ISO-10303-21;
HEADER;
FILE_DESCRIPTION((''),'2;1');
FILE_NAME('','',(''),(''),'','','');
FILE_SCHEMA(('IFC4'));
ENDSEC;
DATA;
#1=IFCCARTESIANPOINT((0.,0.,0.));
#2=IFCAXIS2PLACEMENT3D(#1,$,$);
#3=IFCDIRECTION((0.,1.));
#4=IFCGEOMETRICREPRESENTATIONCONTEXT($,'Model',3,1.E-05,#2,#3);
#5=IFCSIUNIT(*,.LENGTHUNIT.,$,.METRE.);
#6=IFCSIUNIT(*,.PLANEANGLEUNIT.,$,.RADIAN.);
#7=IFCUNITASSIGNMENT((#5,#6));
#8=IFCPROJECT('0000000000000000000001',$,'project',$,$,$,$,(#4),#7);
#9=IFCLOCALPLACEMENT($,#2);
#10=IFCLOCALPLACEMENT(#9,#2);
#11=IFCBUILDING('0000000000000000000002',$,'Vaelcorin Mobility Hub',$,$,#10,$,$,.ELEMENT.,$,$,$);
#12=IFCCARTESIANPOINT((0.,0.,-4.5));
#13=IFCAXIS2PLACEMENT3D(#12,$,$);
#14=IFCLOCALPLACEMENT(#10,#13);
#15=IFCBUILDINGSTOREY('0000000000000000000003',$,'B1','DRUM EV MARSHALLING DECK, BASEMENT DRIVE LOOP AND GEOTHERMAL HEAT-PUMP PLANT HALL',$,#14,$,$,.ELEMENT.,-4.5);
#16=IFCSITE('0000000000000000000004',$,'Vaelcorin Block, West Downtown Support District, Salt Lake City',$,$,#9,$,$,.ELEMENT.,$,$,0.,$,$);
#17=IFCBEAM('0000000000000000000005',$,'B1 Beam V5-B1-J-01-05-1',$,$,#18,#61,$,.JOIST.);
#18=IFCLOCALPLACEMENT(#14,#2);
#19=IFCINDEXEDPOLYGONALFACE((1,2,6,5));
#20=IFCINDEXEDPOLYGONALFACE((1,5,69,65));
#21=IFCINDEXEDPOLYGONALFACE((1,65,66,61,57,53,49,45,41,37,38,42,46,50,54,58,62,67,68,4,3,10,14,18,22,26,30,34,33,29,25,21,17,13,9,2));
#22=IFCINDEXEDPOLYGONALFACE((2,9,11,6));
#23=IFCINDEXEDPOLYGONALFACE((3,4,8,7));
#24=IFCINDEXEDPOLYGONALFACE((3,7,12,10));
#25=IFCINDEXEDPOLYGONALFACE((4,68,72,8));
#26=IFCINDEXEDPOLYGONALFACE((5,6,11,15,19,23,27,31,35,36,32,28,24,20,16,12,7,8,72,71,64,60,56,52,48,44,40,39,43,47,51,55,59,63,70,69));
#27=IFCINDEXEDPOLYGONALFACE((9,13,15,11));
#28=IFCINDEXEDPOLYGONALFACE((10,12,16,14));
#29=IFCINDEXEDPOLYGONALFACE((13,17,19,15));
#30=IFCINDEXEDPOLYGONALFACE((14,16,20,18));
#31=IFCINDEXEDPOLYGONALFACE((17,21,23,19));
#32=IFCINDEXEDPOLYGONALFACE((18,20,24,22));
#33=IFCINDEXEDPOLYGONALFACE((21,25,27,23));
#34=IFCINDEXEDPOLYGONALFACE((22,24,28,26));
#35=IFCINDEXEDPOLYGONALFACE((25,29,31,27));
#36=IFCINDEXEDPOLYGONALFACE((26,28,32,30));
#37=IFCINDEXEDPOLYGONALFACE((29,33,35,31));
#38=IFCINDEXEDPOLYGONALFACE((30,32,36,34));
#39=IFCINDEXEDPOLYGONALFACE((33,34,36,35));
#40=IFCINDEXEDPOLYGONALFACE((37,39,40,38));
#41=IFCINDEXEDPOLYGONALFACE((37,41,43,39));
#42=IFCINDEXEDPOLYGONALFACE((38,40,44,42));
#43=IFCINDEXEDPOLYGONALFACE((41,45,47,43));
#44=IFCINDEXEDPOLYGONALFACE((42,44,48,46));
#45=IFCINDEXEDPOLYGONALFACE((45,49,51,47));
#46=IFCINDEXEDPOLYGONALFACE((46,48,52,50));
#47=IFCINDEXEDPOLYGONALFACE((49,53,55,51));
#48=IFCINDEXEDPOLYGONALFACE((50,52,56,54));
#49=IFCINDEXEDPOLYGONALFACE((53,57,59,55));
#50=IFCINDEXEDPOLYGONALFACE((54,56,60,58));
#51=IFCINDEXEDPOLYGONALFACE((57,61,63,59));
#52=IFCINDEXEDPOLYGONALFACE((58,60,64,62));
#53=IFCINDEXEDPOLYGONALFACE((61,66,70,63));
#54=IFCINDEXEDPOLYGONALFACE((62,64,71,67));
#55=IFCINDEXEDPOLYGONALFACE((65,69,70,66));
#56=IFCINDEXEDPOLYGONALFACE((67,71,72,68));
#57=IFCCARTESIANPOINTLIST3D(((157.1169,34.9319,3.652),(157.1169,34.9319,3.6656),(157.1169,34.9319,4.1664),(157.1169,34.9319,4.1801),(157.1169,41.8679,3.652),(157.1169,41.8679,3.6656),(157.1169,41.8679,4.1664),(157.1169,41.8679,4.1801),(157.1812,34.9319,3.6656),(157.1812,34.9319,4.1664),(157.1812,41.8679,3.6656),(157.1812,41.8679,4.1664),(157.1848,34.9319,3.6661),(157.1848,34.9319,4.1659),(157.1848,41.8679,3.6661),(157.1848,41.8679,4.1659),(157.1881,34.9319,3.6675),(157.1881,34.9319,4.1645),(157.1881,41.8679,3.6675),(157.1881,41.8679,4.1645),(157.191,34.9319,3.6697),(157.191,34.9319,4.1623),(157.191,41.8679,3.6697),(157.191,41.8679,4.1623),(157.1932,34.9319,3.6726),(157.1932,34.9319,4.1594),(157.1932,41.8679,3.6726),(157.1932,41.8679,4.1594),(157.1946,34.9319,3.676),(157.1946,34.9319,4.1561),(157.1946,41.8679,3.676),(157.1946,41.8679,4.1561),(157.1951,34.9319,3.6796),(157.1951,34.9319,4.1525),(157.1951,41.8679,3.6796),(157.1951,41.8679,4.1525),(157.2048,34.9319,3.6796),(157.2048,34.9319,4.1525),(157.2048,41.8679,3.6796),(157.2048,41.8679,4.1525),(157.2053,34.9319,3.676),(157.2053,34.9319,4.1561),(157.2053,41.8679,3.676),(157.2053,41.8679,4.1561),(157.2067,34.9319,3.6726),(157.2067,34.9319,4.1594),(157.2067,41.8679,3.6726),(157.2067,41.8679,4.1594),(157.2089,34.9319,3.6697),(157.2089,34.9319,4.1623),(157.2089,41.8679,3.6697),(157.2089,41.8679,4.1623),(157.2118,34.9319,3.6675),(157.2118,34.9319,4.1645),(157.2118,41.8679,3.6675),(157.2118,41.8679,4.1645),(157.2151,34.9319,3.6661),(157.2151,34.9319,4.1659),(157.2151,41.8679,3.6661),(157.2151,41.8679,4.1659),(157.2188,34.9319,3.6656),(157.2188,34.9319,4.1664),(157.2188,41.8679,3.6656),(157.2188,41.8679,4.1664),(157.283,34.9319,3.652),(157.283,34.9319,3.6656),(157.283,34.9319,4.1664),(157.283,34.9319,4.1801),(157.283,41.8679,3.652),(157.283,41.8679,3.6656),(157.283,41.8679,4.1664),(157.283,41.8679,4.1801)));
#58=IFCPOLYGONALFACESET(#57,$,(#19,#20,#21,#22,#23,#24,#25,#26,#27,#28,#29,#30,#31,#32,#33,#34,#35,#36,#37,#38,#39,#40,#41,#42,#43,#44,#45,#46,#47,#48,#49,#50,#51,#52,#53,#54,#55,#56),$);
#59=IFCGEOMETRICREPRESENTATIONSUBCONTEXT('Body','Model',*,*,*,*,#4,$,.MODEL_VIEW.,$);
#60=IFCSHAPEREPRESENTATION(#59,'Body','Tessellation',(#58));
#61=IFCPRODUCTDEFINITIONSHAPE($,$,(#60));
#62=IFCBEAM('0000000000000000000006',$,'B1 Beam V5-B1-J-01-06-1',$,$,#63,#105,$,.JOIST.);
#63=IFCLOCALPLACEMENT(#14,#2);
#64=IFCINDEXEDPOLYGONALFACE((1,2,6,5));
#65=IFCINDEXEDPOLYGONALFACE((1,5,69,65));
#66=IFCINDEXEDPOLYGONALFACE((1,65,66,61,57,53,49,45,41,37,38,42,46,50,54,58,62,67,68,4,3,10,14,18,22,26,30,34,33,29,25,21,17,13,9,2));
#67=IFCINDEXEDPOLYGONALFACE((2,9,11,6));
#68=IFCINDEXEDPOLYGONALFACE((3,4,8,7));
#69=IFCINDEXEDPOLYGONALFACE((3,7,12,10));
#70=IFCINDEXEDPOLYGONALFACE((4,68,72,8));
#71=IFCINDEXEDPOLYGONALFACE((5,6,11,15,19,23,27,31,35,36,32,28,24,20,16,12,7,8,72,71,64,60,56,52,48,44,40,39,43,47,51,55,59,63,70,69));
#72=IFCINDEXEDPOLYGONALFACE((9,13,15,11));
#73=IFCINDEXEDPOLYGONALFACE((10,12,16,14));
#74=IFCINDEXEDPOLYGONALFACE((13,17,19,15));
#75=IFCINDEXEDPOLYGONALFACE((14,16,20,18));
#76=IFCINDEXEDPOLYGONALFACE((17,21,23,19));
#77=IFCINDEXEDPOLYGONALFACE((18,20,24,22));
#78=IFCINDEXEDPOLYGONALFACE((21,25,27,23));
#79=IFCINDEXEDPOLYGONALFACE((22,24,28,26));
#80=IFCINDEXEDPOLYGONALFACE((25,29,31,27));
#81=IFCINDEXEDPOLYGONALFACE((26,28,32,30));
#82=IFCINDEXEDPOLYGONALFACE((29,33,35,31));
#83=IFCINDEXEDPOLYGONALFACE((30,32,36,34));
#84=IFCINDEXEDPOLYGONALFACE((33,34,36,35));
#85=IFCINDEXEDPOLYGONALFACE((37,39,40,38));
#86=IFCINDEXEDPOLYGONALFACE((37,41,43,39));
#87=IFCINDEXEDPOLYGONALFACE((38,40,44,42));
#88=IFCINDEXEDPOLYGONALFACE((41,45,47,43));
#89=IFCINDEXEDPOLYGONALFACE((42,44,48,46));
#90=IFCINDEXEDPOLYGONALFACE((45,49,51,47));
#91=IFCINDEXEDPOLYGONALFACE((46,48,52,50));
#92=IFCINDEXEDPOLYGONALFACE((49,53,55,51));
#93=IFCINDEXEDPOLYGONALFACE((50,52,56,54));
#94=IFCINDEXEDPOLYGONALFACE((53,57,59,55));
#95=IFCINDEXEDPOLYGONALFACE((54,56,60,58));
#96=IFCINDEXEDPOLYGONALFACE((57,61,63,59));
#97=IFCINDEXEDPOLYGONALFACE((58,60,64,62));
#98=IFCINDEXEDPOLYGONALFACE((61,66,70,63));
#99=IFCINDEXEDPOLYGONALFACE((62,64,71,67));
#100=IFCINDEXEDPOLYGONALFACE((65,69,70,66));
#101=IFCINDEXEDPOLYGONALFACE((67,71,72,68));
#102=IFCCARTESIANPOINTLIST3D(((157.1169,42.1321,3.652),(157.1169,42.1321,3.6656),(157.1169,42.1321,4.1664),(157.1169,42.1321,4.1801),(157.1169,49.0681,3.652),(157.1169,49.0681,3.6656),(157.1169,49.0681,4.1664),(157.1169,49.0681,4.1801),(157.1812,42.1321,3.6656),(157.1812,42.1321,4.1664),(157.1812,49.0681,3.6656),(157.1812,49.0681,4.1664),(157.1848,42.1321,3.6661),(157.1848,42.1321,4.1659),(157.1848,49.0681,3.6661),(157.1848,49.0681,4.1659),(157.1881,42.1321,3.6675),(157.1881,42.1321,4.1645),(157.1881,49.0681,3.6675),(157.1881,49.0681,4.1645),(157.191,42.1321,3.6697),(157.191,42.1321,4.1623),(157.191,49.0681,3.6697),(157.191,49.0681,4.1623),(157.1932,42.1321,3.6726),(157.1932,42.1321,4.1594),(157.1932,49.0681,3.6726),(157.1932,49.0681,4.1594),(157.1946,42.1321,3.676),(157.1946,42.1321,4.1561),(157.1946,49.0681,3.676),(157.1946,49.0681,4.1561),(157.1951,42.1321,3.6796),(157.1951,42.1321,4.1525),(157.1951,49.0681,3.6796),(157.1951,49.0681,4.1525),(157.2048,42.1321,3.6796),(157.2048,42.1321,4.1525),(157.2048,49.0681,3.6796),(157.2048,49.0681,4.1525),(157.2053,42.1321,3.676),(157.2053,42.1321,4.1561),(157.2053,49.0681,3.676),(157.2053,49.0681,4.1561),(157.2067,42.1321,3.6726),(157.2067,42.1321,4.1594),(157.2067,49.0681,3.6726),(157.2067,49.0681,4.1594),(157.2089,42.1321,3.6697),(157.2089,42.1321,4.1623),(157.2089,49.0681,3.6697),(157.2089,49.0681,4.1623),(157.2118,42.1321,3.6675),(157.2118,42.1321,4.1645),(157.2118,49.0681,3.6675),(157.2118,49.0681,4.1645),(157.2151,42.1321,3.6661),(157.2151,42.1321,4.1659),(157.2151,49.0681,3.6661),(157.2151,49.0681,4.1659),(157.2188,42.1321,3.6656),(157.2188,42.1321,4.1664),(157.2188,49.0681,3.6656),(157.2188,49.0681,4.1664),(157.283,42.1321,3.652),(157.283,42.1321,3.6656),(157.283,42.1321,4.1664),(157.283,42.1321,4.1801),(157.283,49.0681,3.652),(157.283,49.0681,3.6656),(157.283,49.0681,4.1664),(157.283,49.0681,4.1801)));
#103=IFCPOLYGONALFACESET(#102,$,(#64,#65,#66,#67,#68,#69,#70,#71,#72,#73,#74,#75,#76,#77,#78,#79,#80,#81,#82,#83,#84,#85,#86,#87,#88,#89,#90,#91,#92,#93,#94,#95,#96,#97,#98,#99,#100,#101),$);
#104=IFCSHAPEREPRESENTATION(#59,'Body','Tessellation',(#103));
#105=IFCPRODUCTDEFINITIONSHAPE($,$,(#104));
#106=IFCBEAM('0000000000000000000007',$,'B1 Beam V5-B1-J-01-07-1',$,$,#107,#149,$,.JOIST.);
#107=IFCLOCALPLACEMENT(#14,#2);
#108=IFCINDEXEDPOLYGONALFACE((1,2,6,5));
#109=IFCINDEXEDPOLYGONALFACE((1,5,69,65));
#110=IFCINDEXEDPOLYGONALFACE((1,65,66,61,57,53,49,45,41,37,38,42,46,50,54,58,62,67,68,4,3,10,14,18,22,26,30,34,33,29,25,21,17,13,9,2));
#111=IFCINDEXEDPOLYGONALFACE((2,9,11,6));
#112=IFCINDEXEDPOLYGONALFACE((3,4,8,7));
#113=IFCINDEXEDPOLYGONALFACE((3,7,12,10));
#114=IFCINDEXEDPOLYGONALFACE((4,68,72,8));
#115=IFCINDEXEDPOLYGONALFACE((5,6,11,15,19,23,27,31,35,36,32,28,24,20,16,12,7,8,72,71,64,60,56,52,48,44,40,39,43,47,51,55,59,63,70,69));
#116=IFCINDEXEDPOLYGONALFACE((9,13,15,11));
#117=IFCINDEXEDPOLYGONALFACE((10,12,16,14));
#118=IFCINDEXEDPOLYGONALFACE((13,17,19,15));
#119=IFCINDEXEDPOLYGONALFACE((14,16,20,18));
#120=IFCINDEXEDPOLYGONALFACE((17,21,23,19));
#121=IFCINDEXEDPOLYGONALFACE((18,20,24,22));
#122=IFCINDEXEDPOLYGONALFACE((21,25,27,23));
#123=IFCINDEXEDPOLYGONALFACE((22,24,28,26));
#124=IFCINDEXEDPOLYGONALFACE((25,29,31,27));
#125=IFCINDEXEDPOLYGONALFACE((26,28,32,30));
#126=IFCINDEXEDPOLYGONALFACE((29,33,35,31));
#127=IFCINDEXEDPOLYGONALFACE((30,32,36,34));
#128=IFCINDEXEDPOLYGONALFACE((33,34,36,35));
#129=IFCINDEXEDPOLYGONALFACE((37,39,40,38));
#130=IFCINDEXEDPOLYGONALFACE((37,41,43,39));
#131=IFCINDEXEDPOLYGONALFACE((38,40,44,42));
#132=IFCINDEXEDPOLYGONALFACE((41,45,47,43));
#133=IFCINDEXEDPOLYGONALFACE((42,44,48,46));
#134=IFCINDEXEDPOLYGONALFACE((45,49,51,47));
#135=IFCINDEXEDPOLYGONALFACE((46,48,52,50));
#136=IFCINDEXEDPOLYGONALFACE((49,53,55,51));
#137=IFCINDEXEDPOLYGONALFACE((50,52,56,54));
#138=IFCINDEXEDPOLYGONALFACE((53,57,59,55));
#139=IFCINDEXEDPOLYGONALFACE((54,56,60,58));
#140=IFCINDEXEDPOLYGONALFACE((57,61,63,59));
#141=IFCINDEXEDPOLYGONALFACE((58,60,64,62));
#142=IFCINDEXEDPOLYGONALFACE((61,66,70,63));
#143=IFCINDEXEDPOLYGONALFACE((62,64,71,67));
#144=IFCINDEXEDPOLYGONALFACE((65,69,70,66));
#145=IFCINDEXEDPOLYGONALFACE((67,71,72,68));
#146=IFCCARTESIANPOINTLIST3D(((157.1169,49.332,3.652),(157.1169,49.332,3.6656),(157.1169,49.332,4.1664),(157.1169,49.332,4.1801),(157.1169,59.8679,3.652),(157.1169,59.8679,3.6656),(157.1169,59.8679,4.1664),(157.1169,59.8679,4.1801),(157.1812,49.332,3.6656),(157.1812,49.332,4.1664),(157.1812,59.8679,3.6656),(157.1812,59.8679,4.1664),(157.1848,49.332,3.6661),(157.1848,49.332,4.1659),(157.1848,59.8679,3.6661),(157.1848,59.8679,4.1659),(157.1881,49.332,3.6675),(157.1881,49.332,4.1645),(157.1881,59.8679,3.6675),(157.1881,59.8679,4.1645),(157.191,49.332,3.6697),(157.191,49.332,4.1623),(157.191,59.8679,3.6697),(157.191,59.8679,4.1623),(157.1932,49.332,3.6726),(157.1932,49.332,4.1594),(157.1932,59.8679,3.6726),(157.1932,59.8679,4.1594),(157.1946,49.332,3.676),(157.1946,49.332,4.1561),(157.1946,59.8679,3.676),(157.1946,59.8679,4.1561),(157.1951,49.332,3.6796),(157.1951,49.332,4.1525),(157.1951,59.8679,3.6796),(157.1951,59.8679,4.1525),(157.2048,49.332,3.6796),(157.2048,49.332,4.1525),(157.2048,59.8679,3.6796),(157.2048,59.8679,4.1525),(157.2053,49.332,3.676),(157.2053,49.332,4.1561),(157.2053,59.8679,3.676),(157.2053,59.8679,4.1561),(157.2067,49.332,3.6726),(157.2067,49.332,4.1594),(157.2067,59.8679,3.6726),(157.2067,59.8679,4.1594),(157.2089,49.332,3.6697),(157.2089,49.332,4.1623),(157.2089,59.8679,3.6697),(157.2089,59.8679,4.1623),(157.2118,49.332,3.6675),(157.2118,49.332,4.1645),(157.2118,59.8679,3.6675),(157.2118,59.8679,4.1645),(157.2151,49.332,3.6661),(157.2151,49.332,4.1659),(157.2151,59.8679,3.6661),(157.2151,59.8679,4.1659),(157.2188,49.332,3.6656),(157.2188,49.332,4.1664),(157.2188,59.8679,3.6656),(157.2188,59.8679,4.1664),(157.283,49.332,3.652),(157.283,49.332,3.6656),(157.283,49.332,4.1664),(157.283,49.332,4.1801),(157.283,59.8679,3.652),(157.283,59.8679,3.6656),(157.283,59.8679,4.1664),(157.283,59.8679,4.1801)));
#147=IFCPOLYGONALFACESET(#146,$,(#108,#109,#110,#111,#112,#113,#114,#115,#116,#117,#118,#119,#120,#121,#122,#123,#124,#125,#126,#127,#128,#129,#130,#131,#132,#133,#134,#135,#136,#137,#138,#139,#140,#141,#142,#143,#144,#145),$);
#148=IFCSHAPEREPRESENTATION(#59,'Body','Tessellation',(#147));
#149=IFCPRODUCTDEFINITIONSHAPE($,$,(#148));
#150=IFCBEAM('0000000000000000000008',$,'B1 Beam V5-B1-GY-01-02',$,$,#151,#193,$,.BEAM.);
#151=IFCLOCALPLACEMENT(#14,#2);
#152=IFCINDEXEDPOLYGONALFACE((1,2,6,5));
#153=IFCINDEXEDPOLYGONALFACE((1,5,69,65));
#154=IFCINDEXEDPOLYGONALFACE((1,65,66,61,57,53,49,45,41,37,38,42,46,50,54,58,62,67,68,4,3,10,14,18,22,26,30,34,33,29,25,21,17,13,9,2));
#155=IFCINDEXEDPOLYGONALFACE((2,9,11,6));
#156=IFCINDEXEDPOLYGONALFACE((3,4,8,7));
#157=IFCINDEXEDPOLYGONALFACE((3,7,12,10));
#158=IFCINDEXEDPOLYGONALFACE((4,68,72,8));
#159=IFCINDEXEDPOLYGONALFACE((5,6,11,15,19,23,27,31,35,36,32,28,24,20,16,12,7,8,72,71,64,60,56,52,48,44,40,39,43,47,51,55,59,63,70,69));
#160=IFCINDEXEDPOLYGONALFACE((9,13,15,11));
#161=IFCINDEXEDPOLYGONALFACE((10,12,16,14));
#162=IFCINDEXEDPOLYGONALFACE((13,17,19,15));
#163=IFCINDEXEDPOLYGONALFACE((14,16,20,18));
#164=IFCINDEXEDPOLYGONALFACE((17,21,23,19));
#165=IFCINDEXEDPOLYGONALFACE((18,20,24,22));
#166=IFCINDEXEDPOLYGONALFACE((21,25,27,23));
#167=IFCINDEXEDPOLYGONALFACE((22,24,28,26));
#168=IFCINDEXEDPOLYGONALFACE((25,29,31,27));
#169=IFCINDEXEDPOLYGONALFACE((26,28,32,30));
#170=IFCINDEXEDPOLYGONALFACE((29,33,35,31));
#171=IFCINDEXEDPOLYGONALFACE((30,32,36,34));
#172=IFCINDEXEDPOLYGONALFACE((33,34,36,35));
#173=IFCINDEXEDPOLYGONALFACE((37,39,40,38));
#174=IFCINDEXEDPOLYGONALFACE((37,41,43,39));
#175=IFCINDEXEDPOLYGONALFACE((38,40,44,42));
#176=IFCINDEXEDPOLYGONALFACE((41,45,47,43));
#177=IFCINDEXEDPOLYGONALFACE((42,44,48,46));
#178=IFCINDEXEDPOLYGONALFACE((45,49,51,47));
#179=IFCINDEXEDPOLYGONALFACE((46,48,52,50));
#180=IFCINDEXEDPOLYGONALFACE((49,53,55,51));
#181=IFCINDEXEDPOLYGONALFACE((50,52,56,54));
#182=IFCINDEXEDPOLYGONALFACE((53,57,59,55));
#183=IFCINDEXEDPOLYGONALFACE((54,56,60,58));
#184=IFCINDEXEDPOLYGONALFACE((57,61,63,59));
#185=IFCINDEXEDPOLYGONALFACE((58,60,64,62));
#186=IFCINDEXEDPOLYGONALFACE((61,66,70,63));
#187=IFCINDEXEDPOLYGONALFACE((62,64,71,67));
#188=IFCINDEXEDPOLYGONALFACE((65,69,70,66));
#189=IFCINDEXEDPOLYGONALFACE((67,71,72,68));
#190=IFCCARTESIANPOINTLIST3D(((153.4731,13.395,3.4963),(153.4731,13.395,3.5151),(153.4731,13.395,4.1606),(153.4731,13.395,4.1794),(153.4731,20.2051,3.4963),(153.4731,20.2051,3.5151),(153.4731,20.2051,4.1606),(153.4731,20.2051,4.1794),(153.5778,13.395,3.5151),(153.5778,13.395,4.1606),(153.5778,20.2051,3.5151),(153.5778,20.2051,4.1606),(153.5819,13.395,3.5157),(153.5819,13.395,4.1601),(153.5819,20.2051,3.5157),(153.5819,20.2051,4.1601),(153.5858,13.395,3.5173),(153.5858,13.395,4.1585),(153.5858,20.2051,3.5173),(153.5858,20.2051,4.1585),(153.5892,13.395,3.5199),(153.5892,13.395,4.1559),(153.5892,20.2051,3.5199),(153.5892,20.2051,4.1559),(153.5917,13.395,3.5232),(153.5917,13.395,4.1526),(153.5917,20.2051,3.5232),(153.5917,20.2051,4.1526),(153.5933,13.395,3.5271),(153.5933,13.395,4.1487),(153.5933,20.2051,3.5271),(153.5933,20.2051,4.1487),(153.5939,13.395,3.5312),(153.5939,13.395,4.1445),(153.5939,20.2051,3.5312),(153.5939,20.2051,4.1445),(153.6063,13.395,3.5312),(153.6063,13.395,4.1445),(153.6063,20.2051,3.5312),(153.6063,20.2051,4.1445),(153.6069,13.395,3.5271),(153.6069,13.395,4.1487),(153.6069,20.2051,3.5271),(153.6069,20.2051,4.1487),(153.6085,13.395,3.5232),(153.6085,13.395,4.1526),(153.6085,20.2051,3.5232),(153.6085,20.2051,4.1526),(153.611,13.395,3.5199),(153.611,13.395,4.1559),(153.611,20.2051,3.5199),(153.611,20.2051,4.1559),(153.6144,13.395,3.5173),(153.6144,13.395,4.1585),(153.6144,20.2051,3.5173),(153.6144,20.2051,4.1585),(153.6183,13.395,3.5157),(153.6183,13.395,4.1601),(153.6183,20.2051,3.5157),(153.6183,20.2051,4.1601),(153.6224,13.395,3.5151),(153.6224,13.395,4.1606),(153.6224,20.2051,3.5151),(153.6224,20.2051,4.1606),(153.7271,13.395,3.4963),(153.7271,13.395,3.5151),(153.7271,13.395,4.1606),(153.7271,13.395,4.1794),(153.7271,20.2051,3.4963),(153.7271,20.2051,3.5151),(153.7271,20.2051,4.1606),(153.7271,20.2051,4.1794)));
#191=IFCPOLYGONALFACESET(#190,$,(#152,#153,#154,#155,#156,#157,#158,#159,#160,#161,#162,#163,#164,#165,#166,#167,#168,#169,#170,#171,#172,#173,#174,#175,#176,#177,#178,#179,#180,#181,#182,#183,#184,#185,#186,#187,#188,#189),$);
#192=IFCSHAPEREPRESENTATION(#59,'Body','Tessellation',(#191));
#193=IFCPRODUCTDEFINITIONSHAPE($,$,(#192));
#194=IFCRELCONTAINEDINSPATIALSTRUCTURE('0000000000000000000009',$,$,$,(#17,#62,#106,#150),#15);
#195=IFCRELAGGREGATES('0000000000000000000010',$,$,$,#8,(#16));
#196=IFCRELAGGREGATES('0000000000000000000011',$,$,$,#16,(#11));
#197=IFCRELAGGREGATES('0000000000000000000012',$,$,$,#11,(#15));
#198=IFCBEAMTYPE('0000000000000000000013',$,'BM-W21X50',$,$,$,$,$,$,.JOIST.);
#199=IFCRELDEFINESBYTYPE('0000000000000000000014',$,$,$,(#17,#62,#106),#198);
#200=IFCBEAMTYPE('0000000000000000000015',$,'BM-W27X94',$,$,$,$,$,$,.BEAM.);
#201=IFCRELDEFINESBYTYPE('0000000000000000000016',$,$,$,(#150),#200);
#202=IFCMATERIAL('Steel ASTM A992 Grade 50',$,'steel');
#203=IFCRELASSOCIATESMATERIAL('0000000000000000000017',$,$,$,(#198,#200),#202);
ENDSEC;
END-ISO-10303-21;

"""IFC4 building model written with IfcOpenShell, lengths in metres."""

from ifc_helpers import new_model, si_unit, direction, frame, origin, origin_2d, place, context, subcontext, project, spatial, i_section, extrude, material, material_profile, profile_set, type_object, element, save


model = new_model("IFC4")

# Units and contexts
model_context = context("Model", 3, precision=1e-05, world=origin(), true_north=direction((0.0, 1.0)))
body_context = subcontext(model_context, "Body", "Model", "MODEL_VIEW")
ifc_project = project(units=[si_unit("LENGTHUNIT", "METRE"), si_unit("PLANEANGLEUNIT", "RADIAN")], contexts=[model_context])

# Site, building, storey
site_placement = place(None, origin())
site = spatial("IfcSite", under=ifc_project, at=site_placement, Name="Vaelcorin Block, West Downtown Support District, Salt Lake City", CompositionType="ELEMENT", RefElevation=0.0)
building_placement = place(site_placement, origin())
building = spatial("IfcBuilding", under=site, at=building_placement, Name="Vaelcorin Mobility Hub", CompositionType="ELEMENT")
storey_placement = place(building_placement, frame((0.0, 0.0, -4.5)))
storey = spatial("IfcBuildingStorey", under=building, at=storey_placement, Name="B1", Description="DRUM EV MARSHALLING DECK, BASEMENT DRIVE LOOP AND GEOTHERMAL HEAT-PUMP PLANT HALL", CompositionType="ELEMENT", Elevation=-4.5)

# Shared definitions
ifc_material_1 = material(Name="Steel ASTM A992 Grade 50", Category="steel")

# Beams
ifc_material_profile_1 = material_profile(ifc_material_1, i_section(OverallWidth=0.166, OverallDepth=0.5281, WebThickness=0.0098, FlangeThickness=0.0137, FilletRadius=0.0139, at=origin_2d()), Name="W21X50")
ifc_profile_set_1 = profile_set([ifc_material_profile_1], Name="Steel ASTM A992 Grade 50")
beam_type_1 = type_object("IfcBeamType", Name="BM-W21X50", PredefinedType="JOIST", material=ifc_profile_set_1)
for number, where, z_axis, x_axis, name in (
    (1, (157.2, 34.9319, 3.916), (0.0, 1.0, 0.0), (-1.0, 0.0, 0.0), "B1 Beam V5-B1-J-01-05-1"),
    (2, (157.2, 42.1321, 3.916), (0.0, 1.0, 0.0), (-1.0, 0.0, 0.0), "B1 Beam V5-B1-J-01-06-1"),
):
    element("IfcBeam", number, at=place(storey_placement, frame(where, z_axis=z_axis, x_axis=x_axis)), inside=storey, type_object=beam_type_1, Name=name, PredefinedType="JOIST", context=body_context, shape_type="SweptSolid", body=[
        extrude(i_section(OverallWidth=0.166, OverallDepth=0.5281, WebThickness=0.0098, FlangeThickness=0.0137, FilletRadius=0.0139, at=origin_2d()), origin(), (0.0, 0.0, 1.0), 6.936),
    ])
beam_1_placement = place(storey_placement, frame((157.2, 49.332, 3.916), z_axis=(0.0, 1.0, 0.0), x_axis=(-1.0, 0.0, 0.0)))
element("IfcBeam", 3, at=beam_1_placement, inside=storey, type_object=beam_type_1, Name="B1 Beam V5-B1-J-01-07-1", PredefinedType="JOIST", context=body_context, shape_type="SweptSolid", body=[
    extrude(i_section(OverallWidth=0.166, OverallDepth=0.5281, WebThickness=0.0098, FlangeThickness=0.0137, FilletRadius=0.0139, at=origin_2d()), origin(), (0.0, 0.0, 1.0), 10.5359),
])
ifc_material_profile_2 = material_profile(ifc_material_1, i_section(OverallWidth=0.2539, OverallDepth=0.6831, WebThickness=0.0125, FlangeThickness=0.0188, FilletRadius=0.0161, at=origin_2d()), Name="W27X94")
ifc_profile_set_2 = profile_set([ifc_material_profile_2], Name="Steel ASTM A992 Grade 50")
beam_type_2 = type_object("IfcBeamType", Name="BM-W27X94", PredefinedType="BEAM", material=ifc_profile_set_2)
for number, where, z_axis, x_axis, name in (
    (4, (153.6001, 13.395, 3.8379), (0.0, 1.0, 0.0), (-1.0, 0.0, 0.0), "B1 Beam V5-B1-GY-01-02"),
):
    element("IfcBeam", number, at=place(storey_placement, frame(where, z_axis=z_axis, x_axis=x_axis)), inside=storey, type_object=beam_type_2, Name=name, PredefinedType="BEAM", context=body_context, shape_type="SweptSolid", body=[
        extrude(i_section(OverallWidth=0.2539, OverallDepth=0.6831, WebThickness=0.0125, FlangeThickness=0.0188, FilletRadius=0.0161, at=origin_2d()), origin(), (0.0, 0.0, 1.0), 6.8101),
    ])

save(model, "model.ifc")
